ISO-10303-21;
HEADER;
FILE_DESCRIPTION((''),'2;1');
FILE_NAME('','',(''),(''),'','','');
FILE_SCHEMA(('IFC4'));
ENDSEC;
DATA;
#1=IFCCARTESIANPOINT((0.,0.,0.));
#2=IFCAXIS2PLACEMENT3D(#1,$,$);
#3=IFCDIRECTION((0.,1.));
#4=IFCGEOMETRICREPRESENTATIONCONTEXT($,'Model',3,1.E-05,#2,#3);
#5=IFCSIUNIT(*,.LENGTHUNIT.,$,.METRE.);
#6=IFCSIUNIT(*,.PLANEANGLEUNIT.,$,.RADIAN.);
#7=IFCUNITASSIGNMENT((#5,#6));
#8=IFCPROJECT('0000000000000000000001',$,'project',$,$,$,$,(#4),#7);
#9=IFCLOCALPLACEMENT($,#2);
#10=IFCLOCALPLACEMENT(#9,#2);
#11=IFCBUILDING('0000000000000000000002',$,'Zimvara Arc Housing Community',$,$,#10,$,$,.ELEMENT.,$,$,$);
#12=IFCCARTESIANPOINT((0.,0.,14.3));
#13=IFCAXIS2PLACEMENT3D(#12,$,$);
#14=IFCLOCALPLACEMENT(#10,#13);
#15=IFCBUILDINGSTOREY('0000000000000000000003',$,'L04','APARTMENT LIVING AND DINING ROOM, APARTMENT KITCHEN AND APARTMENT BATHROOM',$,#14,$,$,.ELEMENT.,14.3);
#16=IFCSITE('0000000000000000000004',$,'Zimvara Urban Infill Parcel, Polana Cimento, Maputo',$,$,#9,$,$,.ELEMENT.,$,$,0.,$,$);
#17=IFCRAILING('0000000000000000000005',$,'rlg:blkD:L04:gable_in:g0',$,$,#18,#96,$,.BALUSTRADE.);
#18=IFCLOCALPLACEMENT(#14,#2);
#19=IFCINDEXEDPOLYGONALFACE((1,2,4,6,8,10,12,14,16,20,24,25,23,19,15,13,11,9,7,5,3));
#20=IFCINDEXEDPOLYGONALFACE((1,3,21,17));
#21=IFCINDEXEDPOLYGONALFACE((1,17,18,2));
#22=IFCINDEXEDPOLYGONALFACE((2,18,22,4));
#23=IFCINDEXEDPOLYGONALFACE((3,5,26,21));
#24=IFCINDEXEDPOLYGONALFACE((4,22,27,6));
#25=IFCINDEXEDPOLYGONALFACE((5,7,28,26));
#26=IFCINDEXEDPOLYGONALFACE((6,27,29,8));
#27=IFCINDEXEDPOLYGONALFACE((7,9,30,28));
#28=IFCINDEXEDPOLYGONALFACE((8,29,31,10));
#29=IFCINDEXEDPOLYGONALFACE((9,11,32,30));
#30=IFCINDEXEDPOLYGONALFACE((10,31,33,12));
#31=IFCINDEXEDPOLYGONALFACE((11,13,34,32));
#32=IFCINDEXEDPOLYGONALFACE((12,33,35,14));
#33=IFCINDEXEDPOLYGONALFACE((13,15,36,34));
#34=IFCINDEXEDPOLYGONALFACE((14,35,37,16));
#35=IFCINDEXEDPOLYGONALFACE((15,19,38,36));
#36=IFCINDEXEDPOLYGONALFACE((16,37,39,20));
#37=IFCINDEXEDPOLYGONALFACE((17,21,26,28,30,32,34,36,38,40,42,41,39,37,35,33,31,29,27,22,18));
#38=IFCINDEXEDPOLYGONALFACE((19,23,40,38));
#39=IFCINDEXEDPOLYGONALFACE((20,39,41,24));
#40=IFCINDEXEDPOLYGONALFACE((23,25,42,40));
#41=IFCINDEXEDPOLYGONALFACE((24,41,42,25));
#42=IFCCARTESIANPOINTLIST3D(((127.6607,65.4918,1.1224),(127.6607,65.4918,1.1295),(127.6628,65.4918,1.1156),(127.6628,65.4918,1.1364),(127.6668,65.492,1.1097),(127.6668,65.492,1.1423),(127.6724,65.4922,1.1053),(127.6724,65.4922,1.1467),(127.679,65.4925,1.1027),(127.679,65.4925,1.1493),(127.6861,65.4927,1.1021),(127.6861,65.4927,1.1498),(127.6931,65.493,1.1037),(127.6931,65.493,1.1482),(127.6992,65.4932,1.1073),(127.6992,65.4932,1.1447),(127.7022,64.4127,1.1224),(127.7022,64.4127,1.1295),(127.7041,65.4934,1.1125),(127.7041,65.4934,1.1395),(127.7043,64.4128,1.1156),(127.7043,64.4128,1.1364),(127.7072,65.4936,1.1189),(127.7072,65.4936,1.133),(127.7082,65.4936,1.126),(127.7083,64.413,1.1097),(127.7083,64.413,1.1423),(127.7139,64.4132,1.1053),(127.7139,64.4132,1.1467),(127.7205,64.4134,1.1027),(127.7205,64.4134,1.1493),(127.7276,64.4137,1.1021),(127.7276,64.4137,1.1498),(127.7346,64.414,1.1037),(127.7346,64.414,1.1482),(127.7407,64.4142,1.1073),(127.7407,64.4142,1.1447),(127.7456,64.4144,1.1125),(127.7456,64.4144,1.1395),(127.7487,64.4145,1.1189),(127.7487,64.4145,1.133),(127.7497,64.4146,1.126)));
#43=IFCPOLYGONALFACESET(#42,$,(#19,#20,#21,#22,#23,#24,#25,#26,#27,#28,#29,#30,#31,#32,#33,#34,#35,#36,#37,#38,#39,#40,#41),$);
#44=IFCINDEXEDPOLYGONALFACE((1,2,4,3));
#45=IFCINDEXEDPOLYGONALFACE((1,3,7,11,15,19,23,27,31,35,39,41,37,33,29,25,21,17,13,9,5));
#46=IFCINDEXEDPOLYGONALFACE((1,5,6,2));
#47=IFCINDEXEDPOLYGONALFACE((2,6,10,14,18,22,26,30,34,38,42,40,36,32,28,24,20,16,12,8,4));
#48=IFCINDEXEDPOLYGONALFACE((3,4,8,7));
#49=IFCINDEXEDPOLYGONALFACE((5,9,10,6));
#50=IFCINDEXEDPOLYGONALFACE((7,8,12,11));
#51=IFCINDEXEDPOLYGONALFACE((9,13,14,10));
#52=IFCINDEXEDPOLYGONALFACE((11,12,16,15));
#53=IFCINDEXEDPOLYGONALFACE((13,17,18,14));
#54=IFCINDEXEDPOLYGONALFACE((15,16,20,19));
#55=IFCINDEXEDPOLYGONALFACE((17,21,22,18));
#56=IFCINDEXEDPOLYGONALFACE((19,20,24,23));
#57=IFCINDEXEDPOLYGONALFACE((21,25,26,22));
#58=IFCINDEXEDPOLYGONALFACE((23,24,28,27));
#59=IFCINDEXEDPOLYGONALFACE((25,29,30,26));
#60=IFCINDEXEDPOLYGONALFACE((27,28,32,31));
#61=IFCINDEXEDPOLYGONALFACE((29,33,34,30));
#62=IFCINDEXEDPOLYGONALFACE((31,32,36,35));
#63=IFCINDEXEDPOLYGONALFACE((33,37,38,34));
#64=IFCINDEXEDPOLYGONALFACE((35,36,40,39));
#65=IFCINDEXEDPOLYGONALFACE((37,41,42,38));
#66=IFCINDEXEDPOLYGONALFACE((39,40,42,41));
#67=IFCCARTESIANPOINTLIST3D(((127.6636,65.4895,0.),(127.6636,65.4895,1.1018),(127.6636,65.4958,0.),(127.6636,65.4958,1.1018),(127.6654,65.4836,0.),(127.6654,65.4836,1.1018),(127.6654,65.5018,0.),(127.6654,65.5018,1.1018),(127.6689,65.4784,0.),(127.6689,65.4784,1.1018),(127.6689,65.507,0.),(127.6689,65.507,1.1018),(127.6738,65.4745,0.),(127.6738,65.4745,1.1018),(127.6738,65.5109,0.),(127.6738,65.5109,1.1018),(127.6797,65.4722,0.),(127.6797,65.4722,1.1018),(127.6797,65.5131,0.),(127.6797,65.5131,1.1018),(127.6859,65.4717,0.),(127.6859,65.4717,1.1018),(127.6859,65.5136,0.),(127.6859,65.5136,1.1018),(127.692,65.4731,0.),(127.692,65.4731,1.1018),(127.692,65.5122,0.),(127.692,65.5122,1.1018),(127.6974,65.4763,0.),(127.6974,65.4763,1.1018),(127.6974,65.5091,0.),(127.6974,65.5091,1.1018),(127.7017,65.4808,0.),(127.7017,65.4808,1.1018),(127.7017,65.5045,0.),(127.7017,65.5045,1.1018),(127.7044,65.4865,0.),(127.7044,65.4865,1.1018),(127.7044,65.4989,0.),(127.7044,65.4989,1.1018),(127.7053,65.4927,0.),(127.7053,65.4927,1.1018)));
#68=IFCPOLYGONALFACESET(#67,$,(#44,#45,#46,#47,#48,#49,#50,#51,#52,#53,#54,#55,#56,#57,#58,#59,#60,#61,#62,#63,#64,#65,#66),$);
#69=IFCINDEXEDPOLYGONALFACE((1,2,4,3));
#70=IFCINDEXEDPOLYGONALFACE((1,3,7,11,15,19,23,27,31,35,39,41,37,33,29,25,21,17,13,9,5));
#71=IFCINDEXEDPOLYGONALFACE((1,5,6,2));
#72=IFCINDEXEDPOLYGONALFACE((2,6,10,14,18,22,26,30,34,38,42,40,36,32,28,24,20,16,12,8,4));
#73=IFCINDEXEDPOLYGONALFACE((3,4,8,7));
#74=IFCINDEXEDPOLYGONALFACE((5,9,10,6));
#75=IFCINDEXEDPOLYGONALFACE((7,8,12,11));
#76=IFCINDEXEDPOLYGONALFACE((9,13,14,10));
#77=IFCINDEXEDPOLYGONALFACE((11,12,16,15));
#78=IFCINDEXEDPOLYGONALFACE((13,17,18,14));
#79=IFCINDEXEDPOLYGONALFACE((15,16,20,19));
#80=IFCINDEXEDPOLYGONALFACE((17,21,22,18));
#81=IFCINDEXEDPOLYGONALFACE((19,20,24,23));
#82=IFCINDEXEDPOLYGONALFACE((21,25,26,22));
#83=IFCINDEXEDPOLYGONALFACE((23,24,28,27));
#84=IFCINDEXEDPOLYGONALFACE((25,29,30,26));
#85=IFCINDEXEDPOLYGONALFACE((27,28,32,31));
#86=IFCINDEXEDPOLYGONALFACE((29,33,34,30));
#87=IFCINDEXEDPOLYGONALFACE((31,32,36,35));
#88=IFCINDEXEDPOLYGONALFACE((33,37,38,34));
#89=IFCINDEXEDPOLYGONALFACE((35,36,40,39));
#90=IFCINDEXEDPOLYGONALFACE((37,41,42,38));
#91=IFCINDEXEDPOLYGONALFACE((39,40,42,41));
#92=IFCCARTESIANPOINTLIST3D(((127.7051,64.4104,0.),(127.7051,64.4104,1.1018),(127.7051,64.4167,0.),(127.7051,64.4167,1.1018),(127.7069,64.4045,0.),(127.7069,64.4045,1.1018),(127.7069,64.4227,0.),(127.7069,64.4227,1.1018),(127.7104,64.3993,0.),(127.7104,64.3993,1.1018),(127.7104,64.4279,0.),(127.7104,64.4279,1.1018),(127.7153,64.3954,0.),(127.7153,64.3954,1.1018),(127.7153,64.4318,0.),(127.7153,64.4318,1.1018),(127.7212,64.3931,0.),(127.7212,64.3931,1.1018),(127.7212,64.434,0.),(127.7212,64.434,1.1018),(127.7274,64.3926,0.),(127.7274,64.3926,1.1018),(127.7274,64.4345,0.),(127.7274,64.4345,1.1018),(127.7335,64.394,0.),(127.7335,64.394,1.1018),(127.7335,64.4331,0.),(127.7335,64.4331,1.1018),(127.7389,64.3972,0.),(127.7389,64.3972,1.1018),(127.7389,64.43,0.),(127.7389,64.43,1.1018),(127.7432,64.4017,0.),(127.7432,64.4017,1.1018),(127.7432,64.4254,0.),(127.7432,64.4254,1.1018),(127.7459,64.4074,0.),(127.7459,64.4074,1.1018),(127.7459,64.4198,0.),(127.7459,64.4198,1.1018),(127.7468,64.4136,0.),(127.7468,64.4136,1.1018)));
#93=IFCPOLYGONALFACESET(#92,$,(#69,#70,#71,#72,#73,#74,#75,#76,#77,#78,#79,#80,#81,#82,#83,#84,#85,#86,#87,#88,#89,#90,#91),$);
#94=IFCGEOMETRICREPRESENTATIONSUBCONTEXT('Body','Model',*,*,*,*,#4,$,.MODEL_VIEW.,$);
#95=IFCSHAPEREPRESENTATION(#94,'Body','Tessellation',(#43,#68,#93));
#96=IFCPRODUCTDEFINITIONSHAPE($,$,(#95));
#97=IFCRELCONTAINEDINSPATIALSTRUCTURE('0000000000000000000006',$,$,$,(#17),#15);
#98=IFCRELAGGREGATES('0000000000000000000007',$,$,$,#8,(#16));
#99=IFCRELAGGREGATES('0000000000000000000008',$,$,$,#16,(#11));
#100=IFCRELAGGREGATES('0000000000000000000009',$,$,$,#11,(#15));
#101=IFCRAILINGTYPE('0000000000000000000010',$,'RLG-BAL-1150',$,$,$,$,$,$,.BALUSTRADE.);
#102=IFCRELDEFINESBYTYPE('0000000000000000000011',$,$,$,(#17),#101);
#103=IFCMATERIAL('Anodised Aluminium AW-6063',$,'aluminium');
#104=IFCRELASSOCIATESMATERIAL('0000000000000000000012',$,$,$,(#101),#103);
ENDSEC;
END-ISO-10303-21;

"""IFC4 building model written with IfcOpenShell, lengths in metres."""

from ifc_helpers import new_model, si_unit, direction, frame, origin, origin_2d, place, context, subcontext, project, spatial, circle, extrude, material, type_object, element, save


model = new_model("IFC4")

# Units and contexts
model_context = context("Model", 3, precision=1e-05, world=origin(), true_north=direction((0.0, 1.0)))
body_context = subcontext(model_context, "Body", "Model", "MODEL_VIEW")
ifc_project = project(units=[si_unit("LENGTHUNIT", "METRE"), si_unit("PLANEANGLEUNIT", "RADIAN")], contexts=[model_context])

# Site, building, storey
site_placement = place(None, origin())
site = spatial("IfcSite", under=ifc_project, at=site_placement, Name="Zimvara Urban Infill Parcel, Polana Cimento, Maputo", CompositionType="ELEMENT", RefElevation=0.0)
building_placement = place(site_placement, origin())
building = spatial("IfcBuilding", under=site, at=building_placement, Name="Zimvara Arc Housing Community", CompositionType="ELEMENT")
storey_placement = place(building_placement, frame((0.0, 0.0, 14.3)))
storey = spatial("IfcBuildingStorey", under=building, at=storey_placement, Name="L04", Description="APARTMENT LIVING AND DINING ROOM, APARTMENT KITCHEN AND APARTMENT BATHROOM", CompositionType="ELEMENT", Elevation=14.3)

# Railing
ifc_material_1 = material(Name="Anodised Aluminium AW-6063", Category="aluminium")
railing_type = type_object("IfcRailingType", Name="RLG-BAL-1150", PredefinedType="BALUSTRADE", material=ifc_material_1)
railing_1_placement = place(storey_placement, frame((127.6843, 65.4927, 0.0)))
element("IfcRailing", 1, at=railing_1_placement, inside=storey, type_object=railing_type, Name="rlg:blkD:L04:gable_in:g0", PredefinedType="BALUSTRADE", context=body_context, shape_type="SweptSolid", body=[
    extrude(circle(Radius=0.0239, at=origin_2d()), frame((0.0, 0.0, 1.126), z_axis=(0.038433, -0.999261, 0.0), x_axis=(0.999261, 0.038433, 0.0)), (0.0, 0.0, 1.0), 1.0798),
    extrude(circle(Radius=0.021, at=origin_2d()), origin(), (0.0, 0.0, 1.0), 1.1018),
    extrude(circle(Radius=0.021, at=origin_2d()), frame((0.0415, -1.0791, 0.0)), (0.0, 0.0, 1.0), 1.1018),
])

save(model, "model.ifc")
